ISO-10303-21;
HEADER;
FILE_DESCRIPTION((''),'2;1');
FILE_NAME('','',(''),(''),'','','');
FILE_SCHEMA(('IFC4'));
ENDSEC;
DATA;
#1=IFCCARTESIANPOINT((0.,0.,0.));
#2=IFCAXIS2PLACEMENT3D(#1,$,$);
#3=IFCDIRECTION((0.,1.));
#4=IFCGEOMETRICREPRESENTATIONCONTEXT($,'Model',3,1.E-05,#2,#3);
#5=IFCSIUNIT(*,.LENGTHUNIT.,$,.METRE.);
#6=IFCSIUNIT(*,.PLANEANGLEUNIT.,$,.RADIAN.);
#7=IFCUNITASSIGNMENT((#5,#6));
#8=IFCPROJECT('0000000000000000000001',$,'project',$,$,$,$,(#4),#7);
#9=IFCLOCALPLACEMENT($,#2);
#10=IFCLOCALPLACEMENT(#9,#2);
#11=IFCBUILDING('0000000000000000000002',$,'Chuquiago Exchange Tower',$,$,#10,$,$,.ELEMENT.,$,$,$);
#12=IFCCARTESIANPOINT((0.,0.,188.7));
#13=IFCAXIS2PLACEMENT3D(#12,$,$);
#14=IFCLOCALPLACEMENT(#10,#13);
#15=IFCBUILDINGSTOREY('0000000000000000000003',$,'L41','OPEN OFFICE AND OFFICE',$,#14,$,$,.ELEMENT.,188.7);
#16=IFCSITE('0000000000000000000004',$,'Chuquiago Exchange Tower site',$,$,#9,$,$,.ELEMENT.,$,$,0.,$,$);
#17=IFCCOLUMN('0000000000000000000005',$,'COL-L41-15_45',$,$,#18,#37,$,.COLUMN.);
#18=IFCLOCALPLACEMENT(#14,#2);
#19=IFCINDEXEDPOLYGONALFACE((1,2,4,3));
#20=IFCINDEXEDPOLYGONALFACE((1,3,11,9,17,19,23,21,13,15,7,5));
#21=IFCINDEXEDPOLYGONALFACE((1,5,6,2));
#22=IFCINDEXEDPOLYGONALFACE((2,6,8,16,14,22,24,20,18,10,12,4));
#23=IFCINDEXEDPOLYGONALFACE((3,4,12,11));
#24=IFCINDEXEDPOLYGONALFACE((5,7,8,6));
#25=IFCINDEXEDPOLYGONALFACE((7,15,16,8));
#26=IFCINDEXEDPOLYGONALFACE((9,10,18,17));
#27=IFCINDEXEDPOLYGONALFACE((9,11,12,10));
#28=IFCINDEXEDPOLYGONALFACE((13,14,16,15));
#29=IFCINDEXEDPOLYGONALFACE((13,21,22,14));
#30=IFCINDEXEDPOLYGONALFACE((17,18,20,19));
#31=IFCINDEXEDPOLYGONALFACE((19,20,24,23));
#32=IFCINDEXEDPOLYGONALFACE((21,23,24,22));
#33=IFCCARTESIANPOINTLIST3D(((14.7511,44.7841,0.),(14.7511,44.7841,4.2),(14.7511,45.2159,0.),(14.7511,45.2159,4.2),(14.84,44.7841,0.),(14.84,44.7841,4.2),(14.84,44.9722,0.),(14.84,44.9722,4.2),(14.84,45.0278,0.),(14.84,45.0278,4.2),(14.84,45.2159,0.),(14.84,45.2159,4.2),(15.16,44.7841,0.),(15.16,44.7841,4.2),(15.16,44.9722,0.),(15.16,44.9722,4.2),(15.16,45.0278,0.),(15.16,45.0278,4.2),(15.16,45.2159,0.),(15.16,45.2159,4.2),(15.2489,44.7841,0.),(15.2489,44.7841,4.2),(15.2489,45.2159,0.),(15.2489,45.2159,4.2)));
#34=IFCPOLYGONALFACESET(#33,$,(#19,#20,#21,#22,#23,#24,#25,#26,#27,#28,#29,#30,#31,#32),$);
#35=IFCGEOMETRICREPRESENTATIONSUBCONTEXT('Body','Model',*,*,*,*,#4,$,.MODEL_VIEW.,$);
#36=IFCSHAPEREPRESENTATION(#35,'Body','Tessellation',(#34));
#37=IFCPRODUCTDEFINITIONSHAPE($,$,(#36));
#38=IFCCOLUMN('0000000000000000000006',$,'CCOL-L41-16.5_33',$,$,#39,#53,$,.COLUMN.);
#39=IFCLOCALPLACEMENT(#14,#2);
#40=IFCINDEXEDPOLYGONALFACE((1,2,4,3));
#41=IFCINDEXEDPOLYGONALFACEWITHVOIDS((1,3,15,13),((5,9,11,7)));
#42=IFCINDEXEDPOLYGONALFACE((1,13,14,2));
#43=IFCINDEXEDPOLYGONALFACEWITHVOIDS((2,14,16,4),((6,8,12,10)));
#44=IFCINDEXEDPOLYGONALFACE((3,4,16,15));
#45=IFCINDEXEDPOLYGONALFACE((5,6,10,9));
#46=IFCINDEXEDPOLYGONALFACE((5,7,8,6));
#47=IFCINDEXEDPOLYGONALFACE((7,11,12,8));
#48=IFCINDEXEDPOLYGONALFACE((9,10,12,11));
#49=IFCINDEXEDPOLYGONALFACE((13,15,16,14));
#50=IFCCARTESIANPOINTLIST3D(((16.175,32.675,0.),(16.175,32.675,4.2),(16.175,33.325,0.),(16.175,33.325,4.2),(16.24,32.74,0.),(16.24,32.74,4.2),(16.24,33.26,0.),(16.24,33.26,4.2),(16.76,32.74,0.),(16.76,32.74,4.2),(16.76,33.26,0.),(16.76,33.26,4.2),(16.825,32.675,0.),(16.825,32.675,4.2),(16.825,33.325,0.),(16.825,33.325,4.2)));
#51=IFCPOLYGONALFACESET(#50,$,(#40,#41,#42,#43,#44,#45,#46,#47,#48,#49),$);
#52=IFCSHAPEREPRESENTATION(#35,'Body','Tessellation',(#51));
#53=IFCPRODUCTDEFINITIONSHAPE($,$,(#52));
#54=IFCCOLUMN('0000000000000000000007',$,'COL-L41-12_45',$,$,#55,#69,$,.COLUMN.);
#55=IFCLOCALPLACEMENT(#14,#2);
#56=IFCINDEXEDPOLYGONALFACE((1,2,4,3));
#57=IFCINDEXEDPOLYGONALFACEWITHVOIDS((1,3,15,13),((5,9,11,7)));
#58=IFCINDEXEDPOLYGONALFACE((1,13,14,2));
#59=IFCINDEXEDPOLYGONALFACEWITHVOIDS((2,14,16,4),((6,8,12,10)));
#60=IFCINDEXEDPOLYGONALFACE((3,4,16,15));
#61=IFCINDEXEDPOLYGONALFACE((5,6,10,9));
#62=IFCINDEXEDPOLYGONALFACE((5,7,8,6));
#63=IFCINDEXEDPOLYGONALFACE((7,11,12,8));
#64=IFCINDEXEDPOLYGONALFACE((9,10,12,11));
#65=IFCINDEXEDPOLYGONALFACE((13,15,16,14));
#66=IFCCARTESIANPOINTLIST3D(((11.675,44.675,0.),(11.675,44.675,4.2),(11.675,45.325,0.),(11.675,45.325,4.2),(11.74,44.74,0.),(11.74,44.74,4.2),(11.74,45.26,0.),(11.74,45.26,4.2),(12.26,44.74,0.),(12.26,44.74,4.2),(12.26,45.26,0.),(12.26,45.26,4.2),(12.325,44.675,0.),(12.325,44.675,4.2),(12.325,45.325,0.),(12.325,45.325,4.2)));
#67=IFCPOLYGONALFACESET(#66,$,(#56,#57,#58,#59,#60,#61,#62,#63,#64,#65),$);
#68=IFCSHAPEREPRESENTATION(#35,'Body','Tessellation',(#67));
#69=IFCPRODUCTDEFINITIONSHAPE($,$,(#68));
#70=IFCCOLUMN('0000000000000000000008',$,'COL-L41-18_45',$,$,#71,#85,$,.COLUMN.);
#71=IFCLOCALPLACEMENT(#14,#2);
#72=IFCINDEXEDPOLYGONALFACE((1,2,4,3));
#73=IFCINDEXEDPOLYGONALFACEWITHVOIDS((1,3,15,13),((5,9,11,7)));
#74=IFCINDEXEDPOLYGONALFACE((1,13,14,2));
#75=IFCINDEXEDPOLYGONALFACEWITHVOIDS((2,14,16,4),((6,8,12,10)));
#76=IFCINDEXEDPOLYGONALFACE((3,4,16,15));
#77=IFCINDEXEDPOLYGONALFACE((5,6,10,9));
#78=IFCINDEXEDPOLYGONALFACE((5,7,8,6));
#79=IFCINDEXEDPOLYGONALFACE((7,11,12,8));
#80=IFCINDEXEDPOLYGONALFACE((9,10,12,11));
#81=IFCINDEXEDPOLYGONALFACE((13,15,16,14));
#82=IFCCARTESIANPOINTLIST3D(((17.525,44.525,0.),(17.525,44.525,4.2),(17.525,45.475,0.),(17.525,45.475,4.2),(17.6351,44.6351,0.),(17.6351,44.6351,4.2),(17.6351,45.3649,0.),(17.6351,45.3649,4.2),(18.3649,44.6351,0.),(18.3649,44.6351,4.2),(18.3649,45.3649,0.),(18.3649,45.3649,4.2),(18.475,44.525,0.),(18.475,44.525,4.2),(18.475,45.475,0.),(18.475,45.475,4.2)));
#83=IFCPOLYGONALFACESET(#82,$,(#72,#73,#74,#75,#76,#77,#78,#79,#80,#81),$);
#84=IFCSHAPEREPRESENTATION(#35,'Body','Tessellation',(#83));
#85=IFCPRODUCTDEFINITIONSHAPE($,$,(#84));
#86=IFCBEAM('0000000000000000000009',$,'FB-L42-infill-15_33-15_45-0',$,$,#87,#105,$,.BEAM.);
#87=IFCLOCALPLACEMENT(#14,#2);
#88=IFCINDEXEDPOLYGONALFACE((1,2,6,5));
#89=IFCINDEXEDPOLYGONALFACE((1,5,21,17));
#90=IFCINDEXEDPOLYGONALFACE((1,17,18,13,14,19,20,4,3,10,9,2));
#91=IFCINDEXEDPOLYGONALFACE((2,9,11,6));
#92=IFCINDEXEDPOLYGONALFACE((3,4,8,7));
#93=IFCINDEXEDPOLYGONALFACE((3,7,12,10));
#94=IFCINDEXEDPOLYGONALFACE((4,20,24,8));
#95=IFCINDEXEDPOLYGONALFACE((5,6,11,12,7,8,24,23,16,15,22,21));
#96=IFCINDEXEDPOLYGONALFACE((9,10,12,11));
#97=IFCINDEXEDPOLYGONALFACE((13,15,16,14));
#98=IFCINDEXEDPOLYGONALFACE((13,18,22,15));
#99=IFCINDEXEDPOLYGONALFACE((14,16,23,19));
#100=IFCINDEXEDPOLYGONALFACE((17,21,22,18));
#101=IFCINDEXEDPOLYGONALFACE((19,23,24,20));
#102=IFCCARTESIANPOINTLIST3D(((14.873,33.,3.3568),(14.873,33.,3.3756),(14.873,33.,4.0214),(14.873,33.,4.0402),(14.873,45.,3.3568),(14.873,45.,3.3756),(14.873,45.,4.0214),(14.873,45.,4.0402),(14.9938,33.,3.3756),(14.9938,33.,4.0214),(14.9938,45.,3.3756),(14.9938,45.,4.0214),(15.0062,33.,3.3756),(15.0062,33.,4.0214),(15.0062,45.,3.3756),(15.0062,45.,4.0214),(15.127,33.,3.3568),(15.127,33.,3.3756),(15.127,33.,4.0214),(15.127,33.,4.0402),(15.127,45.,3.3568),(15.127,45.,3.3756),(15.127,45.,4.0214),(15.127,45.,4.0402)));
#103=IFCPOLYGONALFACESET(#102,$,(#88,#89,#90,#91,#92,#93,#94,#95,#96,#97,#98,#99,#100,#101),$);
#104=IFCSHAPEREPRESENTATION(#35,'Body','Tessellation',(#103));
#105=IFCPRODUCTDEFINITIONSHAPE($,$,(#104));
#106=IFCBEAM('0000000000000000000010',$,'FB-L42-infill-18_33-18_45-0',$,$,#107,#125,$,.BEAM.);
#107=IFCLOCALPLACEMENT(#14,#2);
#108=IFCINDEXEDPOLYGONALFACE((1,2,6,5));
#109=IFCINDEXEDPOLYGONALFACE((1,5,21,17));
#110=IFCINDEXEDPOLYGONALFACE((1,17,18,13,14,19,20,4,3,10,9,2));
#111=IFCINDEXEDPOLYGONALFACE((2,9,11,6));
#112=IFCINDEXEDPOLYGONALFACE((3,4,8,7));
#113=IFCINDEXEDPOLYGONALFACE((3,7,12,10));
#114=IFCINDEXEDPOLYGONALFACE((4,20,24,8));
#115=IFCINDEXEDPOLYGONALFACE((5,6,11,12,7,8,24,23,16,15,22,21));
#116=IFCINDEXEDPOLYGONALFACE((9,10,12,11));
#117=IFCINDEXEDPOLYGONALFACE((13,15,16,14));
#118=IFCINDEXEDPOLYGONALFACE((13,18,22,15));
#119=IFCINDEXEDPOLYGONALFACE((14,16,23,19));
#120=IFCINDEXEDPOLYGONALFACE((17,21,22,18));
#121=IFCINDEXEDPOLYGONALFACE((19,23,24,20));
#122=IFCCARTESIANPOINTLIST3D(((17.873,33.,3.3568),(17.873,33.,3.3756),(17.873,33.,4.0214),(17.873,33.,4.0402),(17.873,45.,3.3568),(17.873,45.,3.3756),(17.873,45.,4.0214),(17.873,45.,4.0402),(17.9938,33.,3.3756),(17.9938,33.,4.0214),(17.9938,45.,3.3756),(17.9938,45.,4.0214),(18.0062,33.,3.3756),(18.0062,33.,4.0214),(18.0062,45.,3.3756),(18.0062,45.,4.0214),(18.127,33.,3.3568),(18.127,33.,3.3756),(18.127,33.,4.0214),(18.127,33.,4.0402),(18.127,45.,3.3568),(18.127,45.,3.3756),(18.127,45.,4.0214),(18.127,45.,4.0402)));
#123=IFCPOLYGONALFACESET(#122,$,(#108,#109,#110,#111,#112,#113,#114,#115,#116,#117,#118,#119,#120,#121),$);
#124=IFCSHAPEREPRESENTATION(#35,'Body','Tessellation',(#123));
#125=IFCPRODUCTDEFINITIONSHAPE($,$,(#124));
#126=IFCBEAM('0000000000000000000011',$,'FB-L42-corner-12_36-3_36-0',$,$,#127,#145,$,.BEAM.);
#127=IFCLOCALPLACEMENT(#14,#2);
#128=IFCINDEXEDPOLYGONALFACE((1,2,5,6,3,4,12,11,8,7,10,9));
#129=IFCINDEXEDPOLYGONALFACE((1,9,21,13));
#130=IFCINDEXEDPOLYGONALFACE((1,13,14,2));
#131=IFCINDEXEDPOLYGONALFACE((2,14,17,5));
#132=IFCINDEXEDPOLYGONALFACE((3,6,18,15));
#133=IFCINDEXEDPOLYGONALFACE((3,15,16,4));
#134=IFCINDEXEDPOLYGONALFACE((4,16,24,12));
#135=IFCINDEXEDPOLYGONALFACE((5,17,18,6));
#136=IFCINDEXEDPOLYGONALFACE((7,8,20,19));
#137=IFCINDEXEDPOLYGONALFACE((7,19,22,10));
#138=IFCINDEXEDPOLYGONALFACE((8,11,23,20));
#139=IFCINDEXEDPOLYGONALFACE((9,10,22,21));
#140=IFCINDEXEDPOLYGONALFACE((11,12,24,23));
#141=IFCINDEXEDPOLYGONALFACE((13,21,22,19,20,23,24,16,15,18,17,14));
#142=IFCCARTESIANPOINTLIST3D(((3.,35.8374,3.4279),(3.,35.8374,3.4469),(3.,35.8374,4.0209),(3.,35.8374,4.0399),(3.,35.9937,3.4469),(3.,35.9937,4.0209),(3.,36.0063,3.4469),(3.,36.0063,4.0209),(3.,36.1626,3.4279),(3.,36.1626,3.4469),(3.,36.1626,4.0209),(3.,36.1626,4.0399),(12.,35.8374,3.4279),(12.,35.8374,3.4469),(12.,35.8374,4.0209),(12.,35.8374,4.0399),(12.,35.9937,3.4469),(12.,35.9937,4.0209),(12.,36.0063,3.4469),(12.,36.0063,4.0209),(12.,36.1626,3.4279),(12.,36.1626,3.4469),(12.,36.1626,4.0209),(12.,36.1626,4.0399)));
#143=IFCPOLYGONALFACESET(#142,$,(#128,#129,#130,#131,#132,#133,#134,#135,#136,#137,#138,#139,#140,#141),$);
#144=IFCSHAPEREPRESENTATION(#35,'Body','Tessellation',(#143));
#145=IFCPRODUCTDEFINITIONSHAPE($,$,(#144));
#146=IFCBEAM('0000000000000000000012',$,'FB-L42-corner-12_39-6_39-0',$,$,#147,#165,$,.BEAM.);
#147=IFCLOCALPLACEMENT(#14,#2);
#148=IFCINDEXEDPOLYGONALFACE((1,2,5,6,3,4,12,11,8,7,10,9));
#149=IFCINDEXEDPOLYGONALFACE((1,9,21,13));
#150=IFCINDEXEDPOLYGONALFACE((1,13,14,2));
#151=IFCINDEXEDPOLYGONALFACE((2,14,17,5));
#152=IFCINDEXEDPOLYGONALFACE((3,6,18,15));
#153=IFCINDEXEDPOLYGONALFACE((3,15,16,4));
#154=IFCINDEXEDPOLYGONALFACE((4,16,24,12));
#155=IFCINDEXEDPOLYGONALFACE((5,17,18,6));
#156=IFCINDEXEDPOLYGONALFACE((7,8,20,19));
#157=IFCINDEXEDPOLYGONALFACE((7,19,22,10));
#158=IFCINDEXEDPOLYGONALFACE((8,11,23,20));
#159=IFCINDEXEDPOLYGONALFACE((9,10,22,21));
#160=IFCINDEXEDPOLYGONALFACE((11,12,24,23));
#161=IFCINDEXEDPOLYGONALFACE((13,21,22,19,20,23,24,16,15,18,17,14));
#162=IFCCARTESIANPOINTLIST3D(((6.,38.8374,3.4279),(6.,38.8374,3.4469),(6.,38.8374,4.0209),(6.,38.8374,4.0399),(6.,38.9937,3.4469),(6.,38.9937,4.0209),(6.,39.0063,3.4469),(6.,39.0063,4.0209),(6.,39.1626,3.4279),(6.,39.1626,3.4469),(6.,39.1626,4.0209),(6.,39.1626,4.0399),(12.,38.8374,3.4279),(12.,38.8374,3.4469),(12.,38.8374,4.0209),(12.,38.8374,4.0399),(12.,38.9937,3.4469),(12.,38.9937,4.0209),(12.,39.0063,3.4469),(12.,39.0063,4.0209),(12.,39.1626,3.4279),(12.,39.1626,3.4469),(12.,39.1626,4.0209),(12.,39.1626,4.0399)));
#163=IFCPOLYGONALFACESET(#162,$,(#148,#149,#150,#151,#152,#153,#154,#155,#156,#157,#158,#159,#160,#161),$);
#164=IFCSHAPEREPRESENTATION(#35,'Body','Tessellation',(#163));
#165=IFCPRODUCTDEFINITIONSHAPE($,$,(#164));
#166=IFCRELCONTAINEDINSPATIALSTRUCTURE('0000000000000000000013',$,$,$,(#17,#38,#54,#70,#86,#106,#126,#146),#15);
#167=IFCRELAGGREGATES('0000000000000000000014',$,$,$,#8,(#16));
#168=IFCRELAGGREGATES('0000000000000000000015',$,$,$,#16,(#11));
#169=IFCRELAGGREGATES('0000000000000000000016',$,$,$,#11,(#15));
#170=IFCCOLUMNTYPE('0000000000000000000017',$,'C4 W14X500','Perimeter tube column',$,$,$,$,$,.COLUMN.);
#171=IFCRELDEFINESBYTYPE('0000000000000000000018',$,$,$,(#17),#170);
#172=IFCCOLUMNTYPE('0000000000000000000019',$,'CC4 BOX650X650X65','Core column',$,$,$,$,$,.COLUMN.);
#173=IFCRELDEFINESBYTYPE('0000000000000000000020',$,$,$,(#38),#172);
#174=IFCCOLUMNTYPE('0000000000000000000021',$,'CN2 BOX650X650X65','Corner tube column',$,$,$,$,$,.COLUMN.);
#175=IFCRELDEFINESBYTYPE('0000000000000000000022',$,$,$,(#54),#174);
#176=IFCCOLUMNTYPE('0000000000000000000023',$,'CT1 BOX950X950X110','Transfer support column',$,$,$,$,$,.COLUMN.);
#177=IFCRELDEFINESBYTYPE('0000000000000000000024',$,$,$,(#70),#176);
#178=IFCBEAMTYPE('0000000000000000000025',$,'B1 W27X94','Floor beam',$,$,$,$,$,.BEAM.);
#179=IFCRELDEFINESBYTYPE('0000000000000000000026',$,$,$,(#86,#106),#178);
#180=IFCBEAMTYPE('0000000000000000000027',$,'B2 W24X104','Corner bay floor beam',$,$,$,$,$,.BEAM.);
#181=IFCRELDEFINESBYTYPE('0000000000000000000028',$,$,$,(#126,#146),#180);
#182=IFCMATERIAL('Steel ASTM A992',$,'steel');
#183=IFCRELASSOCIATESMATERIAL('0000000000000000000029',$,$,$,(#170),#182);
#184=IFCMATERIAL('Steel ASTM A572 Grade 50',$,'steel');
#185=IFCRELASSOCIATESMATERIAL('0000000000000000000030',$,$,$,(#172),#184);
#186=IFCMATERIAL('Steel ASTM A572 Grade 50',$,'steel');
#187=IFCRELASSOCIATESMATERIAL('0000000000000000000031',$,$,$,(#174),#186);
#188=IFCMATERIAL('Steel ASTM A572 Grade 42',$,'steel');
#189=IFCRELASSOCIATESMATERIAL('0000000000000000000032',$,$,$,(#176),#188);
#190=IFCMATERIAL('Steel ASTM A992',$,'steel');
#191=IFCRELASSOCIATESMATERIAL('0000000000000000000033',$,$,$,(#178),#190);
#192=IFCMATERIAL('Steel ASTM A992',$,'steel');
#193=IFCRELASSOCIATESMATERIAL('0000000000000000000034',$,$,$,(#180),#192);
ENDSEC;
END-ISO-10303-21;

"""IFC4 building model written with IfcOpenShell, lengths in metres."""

from ifc_helpers import new_model, si_unit, direction, frame, origin, origin_2d, place, context, subcontext, project, spatial, hollow_rectangle, i_section, extrude, material, material_profile, profile_set, type_object, element, save


model = new_model("IFC4")

# Units and contexts
model_context = context("Model", 3, precision=1e-05, world=origin(), true_north=direction((0.0, 1.0)))
body_context = subcontext(model_context, "Body", "Model", "MODEL_VIEW")
ifc_project = project(units=[si_unit("LENGTHUNIT", "METRE"), si_unit("PLANEANGLEUNIT", "RADIAN")], contexts=[model_context])

# Site, building, storey
site_placement = place(None, origin())
site = spatial("IfcSite", under=ifc_project, at=site_placement, Name="Chuquiago Exchange Tower site", CompositionType="ELEMENT", RefElevation=0.0)
building_placement = place(site_placement, origin())
building = spatial("IfcBuilding", under=site, at=building_placement, Name="Chuquiago Exchange Tower", CompositionType="ELEMENT")
storey_placement = place(building_placement, frame((0.0, 0.0, 188.7)))
storey = spatial("IfcBuildingStorey", under=building, at=storey_placement, Name="L41", Description="OPEN OFFICE AND OFFICE", CompositionType="ELEMENT", Elevation=188.7)

# Columns
ifc_material_1 = material(Name="Steel ASTM A992", Category="steel")
ifc_material_profile_1 = material_profile(ifc_material_1, i_section(OverallWidth=0.4319, OverallDepth=0.4978, WebThickness=0.0557, FlangeThickness=0.0889, at=origin_2d()), Name="W14X500")
ifc_profile_set_1 = profile_set([ifc_material_profile_1], Name="Steel ASTM A992")
column_type_1 = type_object("IfcColumnType", Name="C4 W14X500", Description="Perimeter tube column", PredefinedType="COLUMN", material=ifc_profile_set_1)
column_1_placement = place(storey_placement, frame((15.0, 45.0, 0.0), z_axis=(0.0, 0.0, 1.0), x_axis=(0.0, 1.0, 0.0)))
element("IfcColumn", 1, at=column_1_placement, inside=storey, type_object=column_type_1, Name="COL-L41-15_45", PredefinedType="COLUMN", context=body_context, shape_type="SweptSolid", body=[
    extrude(i_section(OverallWidth=0.4319, OverallDepth=0.4978, WebThickness=0.0557, FlangeThickness=0.0889, at=origin_2d()), origin(), (0.0, 0.0, 1.0), 4.2),
])
ifc_material_2 = material(Name="Steel ASTM A572 Grade 50", Category="steel")
ifc_material_profile_2 = material_profile(ifc_material_2, hollow_rectangle(XDim=0.6499, YDim=0.6499, WallThickness=0.0649, at=origin_2d()), Name="BOX650X650X65")
ifc_profile_set_2 = profile_set([ifc_material_profile_2], Name="Steel ASTM A572 Grade 50")
column_type_2 = type_object("IfcColumnType", Name="CC4 BOX650X650X65", Description="Core column", PredefinedType="COLUMN", material=ifc_profile_set_2)
column_2_placement = place(storey_placement, frame((16.5, 33.0, 0.0), z_axis=(0.0, 0.0, 1.0), x_axis=(1.0, 0.0, 0.0)))
element("IfcColumn", 2, at=column_2_placement, inside=storey, type_object=column_type_2, Name="CCOL-L41-16.5_33", PredefinedType="COLUMN", context=body_context, shape_type="SweptSolid", body=[
    extrude(hollow_rectangle(XDim=0.6499, YDim=0.6499, WallThickness=0.0649, at=origin_2d()), origin(), (0.0, 0.0, 1.0), 4.2),
])
ifc_material_3 = material(Name="Steel ASTM A572 Grade 50", Category="steel")
ifc_material_profile_3 = material_profile(ifc_material_3, hollow_rectangle(XDim=0.6499, YDim=0.6499, WallThickness=0.0649, at=origin_2d()), Name="BOX650X650X65")
ifc_profile_set_3 = profile_set([ifc_material_profile_3], Name="Steel ASTM A572 Grade 50")
column_type_3 = type_object("IfcColumnType", Name="CN2 BOX650X650X65", Description="Corner tube column", PredefinedType="COLUMN", material=ifc_profile_set_3)
column_3_placement = place(storey_placement, frame((12.0, 45.0, 0.0), z_axis=(0.0, 0.0, 1.0), x_axis=(0.0, 1.0, 0.0)))
element("IfcColumn", 3, at=column_3_placement, inside=storey, type_object=column_type_3, Name="COL-L41-12_45", PredefinedType="COLUMN", context=body_context, shape_type="SweptSolid", body=[
    extrude(hollow_rectangle(XDim=0.6499, YDim=0.6499, WallThickness=0.0649, at=origin_2d()), origin(), (0.0, 0.0, 1.0), 4.2),
])
ifc_material_4 = material(Name="Steel ASTM A572 Grade 42", Category="steel")
ifc_material_profile_4 = material_profile(ifc_material_4, hollow_rectangle(XDim=0.95, YDim=0.95, WallThickness=0.1101, at=origin_2d()), Name="BOX950X950X110")
ifc_profile_set_4 = profile_set([ifc_material_profile_4], Name="Steel ASTM A572 Grade 42")
column_type_4 = type_object("IfcColumnType", Name="CT1 BOX950X950X110", Description="Transfer support column", PredefinedType="COLUMN", material=ifc_profile_set_4)
column_4_placement = place(storey_placement, frame((18.0, 45.0, 0.0), z_axis=(0.0, 0.0, 1.0), x_axis=(0.0, 1.0, 0.0)))
element("IfcColumn", 4, at=column_4_placement, inside=storey, type_object=column_type_4, Name="COL-L41-18_45", PredefinedType="COLUMN", context=body_context, shape_type="SweptSolid", body=[
    extrude(hollow_rectangle(XDim=0.95, YDim=0.95, WallThickness=0.1101, at=origin_2d()), origin(), (0.0, 0.0, 1.0), 4.2),
])

# Beams
ifc_material_5 = material(Name="Steel ASTM A992", Category="steel")
ifc_material_profile_5 = material_profile(ifc_material_5, i_section(OverallWidth=0.2539, OverallDepth=0.6833, WebThickness=0.0125, FlangeThickness=0.0188, at=origin_2d()), Name="W27X94")
ifc_profile_set_5 = profile_set([ifc_material_profile_5], Name="Steel ASTM A992")
beam_type_1 = type_object("IfcBeamType", Name="B1 W27X94", Description="Floor beam", PredefinedType="BEAM", material=ifc_profile_set_5)
for number, where, z_axis, x_axis, name in (
    (5, (15.0, 33.0, 3.6985), (0.0, 1.0, 0.0), (-1.0, 0.0, 0.0), "FB-L42-infill-15_33-15_45-0"),
    (6, (18.0, 33.0, 3.6985), (0.0, 1.0, 0.0), (-1.0, 0.0, 0.0), "FB-L42-infill-18_33-18_45-0"),
):
    element("IfcBeam", number, at=place(storey_placement, frame(where, z_axis=z_axis, x_axis=x_axis)), inside=storey, type_object=beam_type_1, Name=name, PredefinedType="BEAM", context=body_context, shape_type="SweptSolid", body=[
        extrude(i_section(OverallWidth=0.2539, OverallDepth=0.6833, WebThickness=0.0125, FlangeThickness=0.0188, at=origin_2d()), origin(), (0.0, 0.0, 1.0), 12.0),
    ])
ifc_material_6 = material(Name="Steel ASTM A992", Category="steel")
ifc_material_profile_6 = material_profile(ifc_material_6, i_section(OverallWidth=0.3252, OverallDepth=0.6121, WebThickness=0.0127, FlangeThickness=0.019, at=origin_2d()), Name="W24X104")
ifc_profile_set_6 = profile_set([ifc_material_profile_6], Name="Steel ASTM A992")
beam_type_2 = type_object("IfcBeamType", Name="B2 W24X104", Description="Corner bay floor beam", PredefinedType="BEAM", material=ifc_profile_set_6)
beam_1_placement = place(storey_placement, frame((12.0, 36.0, 3.7339), z_axis=(-1.0, 0.0, 0.0), x_axis=(0.0, -1.0, 0.0)))
element("IfcBeam", 7, at=beam_1_placement, inside=storey, type_object=beam_type_2, Name="FB-L42-corner-12_36-3_36-0", PredefinedType="BEAM", context=body_context, shape_type="SweptSolid", body=[
    extrude(i_section(OverallWidth=0.3252, OverallDepth=0.6121, WebThickness=0.0127, FlangeThickness=0.019, at=origin_2d()), origin(), (0.0, 0.0, 1.0), 9.0),
])
beam_2_placement = place(storey_placement, frame((12.0, 39.0, 3.7339), z_axis=(-1.0, 0.0, 0.0), x_axis=(0.0, -1.0, 0.0)))
element("IfcBeam", 8, at=beam_2_placement, inside=storey, type_object=beam_type_2, Name="FB-L42-corner-12_39-6_39-0", PredefinedType="BEAM", context=body_context, shape_type="SweptSolid", body=[
    extrude(i_section(OverallWidth=0.3252, OverallDepth=0.6121, WebThickness=0.0127, FlangeThickness=0.019, at=origin_2d()), origin(), (0.0, 0.0, 1.0), 6.0),
])

save(model, "model.ifc")
